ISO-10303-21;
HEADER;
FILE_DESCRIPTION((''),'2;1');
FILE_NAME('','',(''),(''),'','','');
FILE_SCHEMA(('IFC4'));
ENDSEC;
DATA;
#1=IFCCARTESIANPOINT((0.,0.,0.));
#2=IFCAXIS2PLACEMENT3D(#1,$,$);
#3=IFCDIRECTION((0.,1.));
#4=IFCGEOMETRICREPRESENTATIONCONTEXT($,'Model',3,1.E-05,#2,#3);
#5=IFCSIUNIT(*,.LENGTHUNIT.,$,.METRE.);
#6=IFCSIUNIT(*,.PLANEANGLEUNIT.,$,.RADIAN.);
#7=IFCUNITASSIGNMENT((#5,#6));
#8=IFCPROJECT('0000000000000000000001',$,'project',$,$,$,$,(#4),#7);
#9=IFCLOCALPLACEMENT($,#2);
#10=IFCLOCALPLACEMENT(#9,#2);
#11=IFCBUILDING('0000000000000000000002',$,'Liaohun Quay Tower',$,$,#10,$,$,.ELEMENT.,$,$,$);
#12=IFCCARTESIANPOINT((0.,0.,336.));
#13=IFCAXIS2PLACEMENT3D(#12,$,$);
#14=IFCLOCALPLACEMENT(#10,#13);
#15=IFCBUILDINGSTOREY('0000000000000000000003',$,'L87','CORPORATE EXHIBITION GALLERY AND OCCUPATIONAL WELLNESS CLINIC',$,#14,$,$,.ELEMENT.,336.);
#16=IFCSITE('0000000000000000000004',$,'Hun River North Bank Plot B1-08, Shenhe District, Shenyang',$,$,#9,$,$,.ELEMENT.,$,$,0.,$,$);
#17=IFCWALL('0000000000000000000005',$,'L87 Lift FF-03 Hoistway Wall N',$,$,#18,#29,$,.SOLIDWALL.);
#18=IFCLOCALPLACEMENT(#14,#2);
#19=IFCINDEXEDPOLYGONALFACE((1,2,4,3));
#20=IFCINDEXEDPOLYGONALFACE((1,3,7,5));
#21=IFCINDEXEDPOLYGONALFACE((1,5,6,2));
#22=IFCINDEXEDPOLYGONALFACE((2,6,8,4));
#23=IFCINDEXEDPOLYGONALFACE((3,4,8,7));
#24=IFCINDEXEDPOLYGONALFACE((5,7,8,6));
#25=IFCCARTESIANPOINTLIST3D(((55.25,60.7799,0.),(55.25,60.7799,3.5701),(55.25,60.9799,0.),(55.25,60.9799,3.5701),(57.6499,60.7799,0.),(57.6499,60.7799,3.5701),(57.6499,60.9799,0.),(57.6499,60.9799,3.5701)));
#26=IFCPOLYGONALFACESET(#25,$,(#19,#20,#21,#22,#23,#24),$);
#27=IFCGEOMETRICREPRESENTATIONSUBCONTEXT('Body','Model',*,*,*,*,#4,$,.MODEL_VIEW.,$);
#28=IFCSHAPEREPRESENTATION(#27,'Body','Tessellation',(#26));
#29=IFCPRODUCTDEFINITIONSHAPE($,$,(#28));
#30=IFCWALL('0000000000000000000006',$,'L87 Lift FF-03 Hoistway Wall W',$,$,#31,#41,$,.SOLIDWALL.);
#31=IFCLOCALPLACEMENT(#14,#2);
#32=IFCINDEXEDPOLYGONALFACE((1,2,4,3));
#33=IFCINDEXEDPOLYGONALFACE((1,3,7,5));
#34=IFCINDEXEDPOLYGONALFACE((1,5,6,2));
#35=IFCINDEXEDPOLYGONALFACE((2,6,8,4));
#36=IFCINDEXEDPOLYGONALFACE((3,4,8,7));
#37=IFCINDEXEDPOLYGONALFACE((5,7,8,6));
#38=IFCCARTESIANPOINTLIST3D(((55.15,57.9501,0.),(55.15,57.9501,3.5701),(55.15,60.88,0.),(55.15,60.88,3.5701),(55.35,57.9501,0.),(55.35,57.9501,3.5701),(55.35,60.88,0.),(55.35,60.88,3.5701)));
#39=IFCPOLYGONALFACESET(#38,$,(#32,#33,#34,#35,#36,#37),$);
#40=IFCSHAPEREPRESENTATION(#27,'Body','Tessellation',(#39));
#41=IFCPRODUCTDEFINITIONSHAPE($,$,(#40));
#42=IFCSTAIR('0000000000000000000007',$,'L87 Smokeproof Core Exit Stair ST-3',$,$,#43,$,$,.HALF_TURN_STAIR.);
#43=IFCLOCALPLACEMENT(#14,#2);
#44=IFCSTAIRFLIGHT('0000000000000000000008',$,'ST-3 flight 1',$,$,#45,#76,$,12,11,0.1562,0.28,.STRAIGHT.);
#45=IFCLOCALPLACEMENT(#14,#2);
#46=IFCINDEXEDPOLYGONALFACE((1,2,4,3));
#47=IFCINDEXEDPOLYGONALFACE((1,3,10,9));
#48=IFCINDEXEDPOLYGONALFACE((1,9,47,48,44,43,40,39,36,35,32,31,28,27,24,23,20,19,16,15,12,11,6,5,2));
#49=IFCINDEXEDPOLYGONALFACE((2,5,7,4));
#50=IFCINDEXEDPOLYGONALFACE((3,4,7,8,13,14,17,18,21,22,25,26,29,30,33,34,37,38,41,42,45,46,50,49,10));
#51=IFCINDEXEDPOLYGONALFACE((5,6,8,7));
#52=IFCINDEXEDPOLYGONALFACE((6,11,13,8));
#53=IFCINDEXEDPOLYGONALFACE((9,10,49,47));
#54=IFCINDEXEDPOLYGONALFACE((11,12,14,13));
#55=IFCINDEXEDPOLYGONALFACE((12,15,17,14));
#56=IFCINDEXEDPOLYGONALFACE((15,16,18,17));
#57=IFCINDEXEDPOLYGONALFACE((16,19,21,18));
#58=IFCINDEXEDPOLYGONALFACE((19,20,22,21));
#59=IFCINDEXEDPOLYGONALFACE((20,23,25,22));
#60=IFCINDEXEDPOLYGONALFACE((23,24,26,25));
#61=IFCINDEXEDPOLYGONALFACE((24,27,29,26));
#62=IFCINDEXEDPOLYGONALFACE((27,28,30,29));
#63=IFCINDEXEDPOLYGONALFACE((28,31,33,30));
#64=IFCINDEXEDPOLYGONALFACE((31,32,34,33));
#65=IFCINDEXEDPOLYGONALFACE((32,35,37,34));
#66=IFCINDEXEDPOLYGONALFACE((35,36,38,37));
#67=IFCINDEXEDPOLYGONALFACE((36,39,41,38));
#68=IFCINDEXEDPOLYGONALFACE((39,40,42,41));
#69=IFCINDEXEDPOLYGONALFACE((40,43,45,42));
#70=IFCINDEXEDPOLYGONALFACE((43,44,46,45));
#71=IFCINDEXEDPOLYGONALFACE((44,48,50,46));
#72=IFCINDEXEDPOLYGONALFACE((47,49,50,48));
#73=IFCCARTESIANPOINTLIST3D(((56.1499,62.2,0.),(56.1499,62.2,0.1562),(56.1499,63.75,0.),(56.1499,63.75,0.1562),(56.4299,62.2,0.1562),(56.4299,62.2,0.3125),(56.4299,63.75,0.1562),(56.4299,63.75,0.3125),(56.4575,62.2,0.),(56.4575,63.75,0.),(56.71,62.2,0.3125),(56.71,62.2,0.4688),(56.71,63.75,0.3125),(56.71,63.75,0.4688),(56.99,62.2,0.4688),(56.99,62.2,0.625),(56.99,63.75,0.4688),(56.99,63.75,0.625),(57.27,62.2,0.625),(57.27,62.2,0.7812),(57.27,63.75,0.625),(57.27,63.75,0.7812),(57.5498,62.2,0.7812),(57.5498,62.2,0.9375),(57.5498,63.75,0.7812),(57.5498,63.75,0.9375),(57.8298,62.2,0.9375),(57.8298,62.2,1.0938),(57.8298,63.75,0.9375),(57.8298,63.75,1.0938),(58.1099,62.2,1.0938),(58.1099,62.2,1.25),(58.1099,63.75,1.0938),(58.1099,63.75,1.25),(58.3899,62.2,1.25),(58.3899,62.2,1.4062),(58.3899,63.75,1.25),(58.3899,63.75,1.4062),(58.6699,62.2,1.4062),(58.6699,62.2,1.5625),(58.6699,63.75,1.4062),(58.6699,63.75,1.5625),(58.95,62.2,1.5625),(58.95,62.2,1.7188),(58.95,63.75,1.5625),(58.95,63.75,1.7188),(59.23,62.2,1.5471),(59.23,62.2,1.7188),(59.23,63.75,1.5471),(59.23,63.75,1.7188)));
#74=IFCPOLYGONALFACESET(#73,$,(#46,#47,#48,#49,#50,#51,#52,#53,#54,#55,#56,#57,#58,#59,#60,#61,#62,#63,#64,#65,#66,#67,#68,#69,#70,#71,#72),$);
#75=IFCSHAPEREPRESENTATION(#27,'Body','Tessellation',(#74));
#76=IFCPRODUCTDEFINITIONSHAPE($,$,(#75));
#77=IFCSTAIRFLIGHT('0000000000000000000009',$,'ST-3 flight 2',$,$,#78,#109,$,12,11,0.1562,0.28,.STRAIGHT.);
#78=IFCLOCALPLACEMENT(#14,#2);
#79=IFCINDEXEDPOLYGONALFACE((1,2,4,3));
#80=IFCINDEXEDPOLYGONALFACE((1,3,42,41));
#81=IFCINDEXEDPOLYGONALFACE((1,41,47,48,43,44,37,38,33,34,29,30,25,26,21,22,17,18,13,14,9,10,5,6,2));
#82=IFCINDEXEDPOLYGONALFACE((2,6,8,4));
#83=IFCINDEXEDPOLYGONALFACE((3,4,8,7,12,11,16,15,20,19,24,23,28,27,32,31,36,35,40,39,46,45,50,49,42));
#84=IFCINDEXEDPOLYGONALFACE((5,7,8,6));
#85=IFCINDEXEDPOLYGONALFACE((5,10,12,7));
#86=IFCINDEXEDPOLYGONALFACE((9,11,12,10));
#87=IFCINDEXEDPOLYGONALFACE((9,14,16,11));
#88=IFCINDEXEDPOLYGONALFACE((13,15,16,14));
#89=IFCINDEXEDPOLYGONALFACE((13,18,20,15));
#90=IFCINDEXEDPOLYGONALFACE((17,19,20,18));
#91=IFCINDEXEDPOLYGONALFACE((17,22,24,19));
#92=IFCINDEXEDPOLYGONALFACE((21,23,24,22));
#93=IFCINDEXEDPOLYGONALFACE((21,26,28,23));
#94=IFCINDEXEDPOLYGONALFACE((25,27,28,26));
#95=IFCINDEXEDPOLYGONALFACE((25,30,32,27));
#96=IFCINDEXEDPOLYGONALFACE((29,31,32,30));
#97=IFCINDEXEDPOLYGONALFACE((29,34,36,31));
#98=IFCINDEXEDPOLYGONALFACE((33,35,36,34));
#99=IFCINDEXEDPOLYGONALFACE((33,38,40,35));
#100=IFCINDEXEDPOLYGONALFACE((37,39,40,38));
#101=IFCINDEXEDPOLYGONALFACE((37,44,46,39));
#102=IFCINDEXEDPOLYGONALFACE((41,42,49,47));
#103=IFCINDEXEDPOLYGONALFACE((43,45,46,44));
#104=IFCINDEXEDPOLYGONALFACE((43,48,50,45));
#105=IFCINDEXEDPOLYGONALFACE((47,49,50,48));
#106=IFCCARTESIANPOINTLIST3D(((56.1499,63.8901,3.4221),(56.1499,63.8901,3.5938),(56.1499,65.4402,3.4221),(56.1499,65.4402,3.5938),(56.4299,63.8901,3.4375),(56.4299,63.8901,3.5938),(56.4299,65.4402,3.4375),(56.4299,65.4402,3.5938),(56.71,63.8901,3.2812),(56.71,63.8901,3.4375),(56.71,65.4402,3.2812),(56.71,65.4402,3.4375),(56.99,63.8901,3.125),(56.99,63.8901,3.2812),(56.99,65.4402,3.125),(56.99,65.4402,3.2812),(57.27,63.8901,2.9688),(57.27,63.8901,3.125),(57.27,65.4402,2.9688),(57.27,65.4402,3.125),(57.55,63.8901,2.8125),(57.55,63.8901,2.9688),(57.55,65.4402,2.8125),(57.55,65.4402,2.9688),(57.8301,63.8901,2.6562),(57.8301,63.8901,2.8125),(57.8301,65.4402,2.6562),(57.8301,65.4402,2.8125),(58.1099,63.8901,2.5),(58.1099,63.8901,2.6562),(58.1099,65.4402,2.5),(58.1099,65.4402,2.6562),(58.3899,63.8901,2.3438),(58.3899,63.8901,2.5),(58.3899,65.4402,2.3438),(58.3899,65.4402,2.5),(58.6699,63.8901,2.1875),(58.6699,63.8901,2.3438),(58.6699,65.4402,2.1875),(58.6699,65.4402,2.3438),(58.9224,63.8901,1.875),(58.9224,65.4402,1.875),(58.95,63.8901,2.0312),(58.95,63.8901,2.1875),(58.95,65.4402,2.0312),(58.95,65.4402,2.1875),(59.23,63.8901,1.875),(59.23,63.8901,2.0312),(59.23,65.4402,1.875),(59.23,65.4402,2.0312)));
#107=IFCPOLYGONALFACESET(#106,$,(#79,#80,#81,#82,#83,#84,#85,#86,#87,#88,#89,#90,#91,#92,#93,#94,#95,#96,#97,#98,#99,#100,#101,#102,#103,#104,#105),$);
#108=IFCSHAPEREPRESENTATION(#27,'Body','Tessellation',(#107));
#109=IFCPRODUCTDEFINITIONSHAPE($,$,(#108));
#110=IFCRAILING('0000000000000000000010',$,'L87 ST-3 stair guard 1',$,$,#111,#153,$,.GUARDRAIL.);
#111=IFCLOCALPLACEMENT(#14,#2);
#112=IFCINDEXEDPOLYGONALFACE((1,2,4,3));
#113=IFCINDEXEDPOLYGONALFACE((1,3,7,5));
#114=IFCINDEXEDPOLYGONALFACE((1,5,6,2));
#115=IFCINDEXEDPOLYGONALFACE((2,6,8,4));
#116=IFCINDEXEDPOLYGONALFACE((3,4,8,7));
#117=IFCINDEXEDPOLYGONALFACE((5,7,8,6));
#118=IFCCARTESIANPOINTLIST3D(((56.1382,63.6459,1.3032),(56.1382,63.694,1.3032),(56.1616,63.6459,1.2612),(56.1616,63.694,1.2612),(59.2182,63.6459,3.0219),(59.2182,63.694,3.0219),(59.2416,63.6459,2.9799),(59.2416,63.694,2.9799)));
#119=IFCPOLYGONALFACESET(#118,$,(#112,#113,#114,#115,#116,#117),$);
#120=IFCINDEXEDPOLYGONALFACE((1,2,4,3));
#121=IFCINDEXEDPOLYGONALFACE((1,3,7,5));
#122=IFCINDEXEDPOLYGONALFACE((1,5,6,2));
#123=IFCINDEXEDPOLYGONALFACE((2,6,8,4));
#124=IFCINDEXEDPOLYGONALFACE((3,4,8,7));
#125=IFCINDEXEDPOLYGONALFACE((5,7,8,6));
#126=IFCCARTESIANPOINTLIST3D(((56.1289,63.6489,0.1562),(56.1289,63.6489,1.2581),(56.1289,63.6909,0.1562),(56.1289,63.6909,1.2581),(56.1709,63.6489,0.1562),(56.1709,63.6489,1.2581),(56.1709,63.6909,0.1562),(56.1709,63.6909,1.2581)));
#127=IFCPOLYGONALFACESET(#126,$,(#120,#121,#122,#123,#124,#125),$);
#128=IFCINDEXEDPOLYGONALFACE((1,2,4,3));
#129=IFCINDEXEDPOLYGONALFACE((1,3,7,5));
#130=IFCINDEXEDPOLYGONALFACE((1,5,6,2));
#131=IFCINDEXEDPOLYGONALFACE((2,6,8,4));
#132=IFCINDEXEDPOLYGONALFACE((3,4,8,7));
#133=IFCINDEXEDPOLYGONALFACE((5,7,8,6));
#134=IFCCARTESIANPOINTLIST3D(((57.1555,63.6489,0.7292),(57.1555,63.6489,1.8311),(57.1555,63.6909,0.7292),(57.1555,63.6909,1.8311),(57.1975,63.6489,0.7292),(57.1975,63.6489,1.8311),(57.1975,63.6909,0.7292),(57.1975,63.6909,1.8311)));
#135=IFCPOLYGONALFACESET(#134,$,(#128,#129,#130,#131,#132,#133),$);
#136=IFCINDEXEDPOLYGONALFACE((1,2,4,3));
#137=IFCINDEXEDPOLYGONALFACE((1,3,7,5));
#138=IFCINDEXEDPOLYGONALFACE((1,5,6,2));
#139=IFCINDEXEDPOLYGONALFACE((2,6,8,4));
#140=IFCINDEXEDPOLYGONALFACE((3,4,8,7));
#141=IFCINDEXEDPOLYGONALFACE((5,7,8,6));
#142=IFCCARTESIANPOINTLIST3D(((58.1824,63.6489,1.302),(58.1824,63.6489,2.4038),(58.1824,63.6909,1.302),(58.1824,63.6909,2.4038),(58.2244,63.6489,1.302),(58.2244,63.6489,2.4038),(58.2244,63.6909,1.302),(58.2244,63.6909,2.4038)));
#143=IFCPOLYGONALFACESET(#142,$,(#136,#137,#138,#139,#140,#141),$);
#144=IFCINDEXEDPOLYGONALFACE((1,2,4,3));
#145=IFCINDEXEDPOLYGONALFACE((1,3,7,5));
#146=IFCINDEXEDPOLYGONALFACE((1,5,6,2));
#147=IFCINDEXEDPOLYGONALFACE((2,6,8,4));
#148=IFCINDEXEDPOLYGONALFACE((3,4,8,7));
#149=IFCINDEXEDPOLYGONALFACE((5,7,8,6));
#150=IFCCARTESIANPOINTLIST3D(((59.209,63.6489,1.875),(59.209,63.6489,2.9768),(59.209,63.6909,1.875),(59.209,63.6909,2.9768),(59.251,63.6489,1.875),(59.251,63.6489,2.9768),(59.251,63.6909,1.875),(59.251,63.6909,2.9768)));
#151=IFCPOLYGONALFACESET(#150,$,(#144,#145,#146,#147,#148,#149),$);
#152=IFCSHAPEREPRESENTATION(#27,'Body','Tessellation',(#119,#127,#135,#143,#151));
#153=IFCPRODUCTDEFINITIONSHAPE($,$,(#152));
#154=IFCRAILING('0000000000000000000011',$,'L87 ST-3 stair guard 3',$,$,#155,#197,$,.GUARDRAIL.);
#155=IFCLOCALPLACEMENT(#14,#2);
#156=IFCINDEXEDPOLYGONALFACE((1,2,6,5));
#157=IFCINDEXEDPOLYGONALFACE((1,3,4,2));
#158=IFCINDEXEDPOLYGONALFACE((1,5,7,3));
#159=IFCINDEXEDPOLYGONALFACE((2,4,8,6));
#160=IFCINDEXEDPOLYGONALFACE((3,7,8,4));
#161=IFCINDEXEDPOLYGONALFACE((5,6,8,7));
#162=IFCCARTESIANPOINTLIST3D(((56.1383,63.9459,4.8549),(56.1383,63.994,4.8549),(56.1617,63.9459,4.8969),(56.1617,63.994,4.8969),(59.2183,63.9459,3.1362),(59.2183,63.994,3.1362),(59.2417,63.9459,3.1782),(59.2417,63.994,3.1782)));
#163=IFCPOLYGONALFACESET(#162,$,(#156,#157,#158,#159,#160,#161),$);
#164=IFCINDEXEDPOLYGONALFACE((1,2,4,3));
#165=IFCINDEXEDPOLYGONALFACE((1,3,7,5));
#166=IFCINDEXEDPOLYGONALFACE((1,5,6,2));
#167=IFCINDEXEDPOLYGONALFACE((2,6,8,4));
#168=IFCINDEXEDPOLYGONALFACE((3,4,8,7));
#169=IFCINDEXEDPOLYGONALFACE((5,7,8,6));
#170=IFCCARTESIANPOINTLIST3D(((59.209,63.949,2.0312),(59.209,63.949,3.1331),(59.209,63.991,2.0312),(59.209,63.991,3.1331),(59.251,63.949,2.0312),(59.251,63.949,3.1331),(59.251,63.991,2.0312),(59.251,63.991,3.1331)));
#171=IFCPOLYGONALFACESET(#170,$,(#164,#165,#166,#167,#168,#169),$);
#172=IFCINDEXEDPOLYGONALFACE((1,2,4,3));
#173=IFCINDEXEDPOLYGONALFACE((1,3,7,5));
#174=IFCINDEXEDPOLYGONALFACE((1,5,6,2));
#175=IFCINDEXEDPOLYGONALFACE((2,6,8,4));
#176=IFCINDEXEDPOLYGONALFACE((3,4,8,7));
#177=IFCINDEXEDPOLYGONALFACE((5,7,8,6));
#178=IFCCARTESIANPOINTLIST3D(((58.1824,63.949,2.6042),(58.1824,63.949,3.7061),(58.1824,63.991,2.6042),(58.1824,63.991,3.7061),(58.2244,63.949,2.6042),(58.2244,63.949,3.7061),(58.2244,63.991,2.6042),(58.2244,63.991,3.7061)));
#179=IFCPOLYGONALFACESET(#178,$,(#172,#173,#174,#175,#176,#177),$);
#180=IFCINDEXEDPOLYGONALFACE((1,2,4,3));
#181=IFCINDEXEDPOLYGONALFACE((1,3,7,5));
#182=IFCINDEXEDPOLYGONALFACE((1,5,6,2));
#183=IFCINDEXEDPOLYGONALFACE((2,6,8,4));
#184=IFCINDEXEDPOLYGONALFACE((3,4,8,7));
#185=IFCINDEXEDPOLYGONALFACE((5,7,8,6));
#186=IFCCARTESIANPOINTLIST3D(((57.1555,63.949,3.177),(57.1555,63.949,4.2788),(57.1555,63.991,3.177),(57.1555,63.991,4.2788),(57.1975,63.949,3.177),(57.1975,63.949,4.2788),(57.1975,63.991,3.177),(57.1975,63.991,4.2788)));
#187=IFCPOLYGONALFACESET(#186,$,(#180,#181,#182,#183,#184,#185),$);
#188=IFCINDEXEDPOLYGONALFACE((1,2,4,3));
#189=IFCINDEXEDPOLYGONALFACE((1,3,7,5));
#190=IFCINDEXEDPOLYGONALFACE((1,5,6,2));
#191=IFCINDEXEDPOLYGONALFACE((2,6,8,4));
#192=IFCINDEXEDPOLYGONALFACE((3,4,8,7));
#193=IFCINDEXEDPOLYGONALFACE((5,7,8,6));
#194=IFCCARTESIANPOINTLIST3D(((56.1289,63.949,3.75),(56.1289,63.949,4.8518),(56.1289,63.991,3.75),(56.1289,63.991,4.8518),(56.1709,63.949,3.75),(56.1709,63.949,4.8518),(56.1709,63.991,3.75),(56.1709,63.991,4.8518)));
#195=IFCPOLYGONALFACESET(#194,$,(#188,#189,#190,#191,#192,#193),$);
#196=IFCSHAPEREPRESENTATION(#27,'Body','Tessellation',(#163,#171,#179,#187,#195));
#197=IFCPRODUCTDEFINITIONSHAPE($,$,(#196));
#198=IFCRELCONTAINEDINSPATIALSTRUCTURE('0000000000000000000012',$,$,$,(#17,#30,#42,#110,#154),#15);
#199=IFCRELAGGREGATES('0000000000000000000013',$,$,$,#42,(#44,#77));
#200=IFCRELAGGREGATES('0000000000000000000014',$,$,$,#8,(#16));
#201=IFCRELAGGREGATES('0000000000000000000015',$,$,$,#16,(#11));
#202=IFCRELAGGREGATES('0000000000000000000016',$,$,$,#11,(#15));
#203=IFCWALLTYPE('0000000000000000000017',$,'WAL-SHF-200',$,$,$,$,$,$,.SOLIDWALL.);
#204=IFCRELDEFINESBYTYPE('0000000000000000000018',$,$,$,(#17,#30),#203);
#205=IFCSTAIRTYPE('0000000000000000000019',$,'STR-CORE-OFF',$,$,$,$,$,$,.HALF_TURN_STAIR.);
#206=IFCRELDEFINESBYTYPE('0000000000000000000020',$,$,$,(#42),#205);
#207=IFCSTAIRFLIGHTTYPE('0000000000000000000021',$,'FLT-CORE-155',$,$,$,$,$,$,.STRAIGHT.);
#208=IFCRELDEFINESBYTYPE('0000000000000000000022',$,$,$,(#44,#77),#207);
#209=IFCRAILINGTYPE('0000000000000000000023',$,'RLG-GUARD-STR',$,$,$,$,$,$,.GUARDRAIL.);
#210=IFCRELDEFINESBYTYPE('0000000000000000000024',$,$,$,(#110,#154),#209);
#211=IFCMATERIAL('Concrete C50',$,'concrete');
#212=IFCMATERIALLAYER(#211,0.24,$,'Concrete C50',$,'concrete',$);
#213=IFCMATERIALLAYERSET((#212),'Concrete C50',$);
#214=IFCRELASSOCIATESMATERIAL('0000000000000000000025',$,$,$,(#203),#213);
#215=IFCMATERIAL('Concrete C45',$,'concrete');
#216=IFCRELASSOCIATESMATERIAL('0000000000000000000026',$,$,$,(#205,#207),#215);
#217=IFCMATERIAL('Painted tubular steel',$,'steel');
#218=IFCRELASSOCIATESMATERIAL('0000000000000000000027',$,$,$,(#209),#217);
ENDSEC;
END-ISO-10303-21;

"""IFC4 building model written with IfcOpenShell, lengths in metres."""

from ifc_helpers import new_model, si_unit, direction, frame, frame_2d, origin, origin_2d, place, context, subcontext, project, spatial, polyline, rectangle, outline, extrude, material, layer, layer_set, type_object, element, aggregate, save


model = new_model("IFC4")

# Units and contexts
model_context = context("Model", 3, precision=1e-05, world=origin(), true_north=direction((0.0, 1.0)))
body_context = subcontext(model_context, "Body", "Model", "MODEL_VIEW")
ifc_project = project(units=[si_unit("LENGTHUNIT", "METRE"), si_unit("PLANEANGLEUNIT", "RADIAN")], contexts=[model_context])

# Site, building, storey
site_placement = place(None, origin())
site = spatial("IfcSite", under=ifc_project, at=site_placement, Name="Hun River North Bank Plot B1-08, Shenhe District, Shenyang", CompositionType="ELEMENT", RefElevation=0.0)
building_placement = place(site_placement, origin())
building = spatial("IfcBuilding", under=site, at=building_placement, Name="Liaohun Quay Tower", CompositionType="ELEMENT")
storey_placement = place(building_placement, frame((0.0, 0.0, 336.0)))
storey = spatial("IfcBuildingStorey", under=building, at=storey_placement, Name="L87", Description="CORPORATE EXHIBITION GALLERY AND OCCUPATIONAL WELLNESS CLINIC", CompositionType="ELEMENT", Elevation=336.0)

# Shared definitions
ifc_material_1 = material(Name="Concrete C50", Category="concrete")

# Shared definitions
ifc_layer_1 = layer(ifc_material_1, 0.24, Name="Concrete C50", Category="concrete")
ifc_layer_set_1 = layer_set([ifc_layer_1], Name="Concrete C50")
wall_type_1 = type_object("IfcWallType", Name="WAL-SHF-200", PredefinedType="SOLIDWALL", material=ifc_layer_set_1)

# Walls
wall_1_placement = place(storey_placement, frame((57.6499, 60.8799, 0.0), z_axis=(0.0, 0.0, 1.0), x_axis=(-1.0, 0.0, 0.0)))
element("IfcWall", 1, at=wall_1_placement, inside=storey, type_object=wall_type_1, Name="L87 Lift FF-03 Hoistway Wall N", PredefinedType="SOLIDWALL", context=body_context, shape_type="SweptSolid", body=[
    extrude(rectangle(XDim=2.3999, YDim=0.2, at=frame_2d((1.2, 0.0))), origin(), (0.0, 0.0, 1.0), 3.5701),
])
wall_2_placement = place(storey_placement, frame((55.25, 60.8799, 0.0), z_axis=(0.0, 0.0, 1.0), x_axis=(0.0, -1.0, 0.0)))
element("IfcWall", 2, at=wall_2_placement, inside=storey, type_object=wall_type_1, Name="L87 Lift FF-03 Hoistway Wall W", PredefinedType="SOLIDWALL", context=body_context, shape_type="SweptSolid", body=[
    extrude(rectangle(XDim=2.9299, YDim=0.2, at=frame_2d((1.4648, 0.0))), origin(), (0.0, 0.0, 1.0), 3.5701),
])

# Stair, stair flights
ifc_material_2 = material(Name="Concrete C45", Category="concrete")
stair_type = type_object("IfcStairType", Name="STR-CORE-OFF", PredefinedType="HALF_TURN_STAIR", material=ifc_material_2)
stair_placement = place(storey_placement, origin())
stair = element("IfcStair", 3, at=stair_placement, inside=storey, type_object=stair_type, Name="L87 Smokeproof Core Exit Stair ST-3", PredefinedType="HALF_TURN_STAIR")
stair_flight_type = type_object("IfcStairFlightType", Name="FLT-CORE-155", PredefinedType="STRAIGHT", material=ifc_material_2)
stair_flight_1_placement = place(storey_placement, frame((56.1499, 62.9751, 0.0), z_axis=(0.0, 0.0, 1.0), x_axis=(1.0, 0.0, 0.0)))
stair_flight_1 = element("IfcStairFlight", 4, at=stair_flight_1_placement, type_object=stair_flight_type, Name="ST-3 flight 1", NumberOfRisers=12, NumberOfTreads=11, PredefinedType="STRAIGHT", RiserHeight=0.1562, TreadLength=0.28, context=body_context, shape_type="SweptSolid", body=[
    extrude(outline(polyline([(0.0, 0.0), (0.0, 0.1562), (0.28, 0.1562), (0.28, 0.3125), (0.5601, 0.3125), (0.5601, 0.4688), (0.8401, 0.4688), (0.8401, 0.625), (1.1201, 0.625), (1.1201, 0.7812), (1.3999, 0.7812), (1.3999, 0.9375), (1.6799, 0.9375), (1.6799, 1.0938), (1.96, 1.0938), (1.96, 1.25), (2.24, 1.25), (2.24, 1.4062), (2.52, 1.4062), (2.52, 1.5625), (2.8, 1.5625), (2.8, 1.7188), (3.0801, 1.7188), (3.0801, 1.875), (3.0801, 1.5471), (0.3076, 0.0), (0.0, 0.0)])), frame((0.0, 0.7749, 0.0), z_axis=(0.0, -1.0, 0.0), x_axis=(1.0, 0.0, 0.0)), (0.0, 0.0, 1.0), 1.55),
])
stair_flight_2_placement = place(storey_placement, frame((59.23, 64.665, 1.875), z_axis=(0.0, 0.0, 1.0), x_axis=(-1.0, 0.0, 0.0)))
stair_flight_2 = element("IfcStairFlight", 5, at=stair_flight_2_placement, type_object=stair_flight_type, Name="ST-3 flight 2", NumberOfRisers=12, NumberOfTreads=11, PredefinedType="STRAIGHT", RiserHeight=0.1562, TreadLength=0.28, context=body_context, shape_type="SweptSolid", body=[
    extrude(outline(polyline([(0.0, 0.0), (0.0, 0.1562), (0.28, 0.1562), (0.28, 0.3125), (0.5601, 0.3125), (0.5601, 0.4688), (0.8401, 0.4688), (0.8401, 0.625), (1.1201, 0.625), (1.1201, 0.7812), (1.3999, 0.7812), (1.3999, 0.9375), (1.6799, 0.9375), (1.6799, 1.0938), (1.96, 1.0938), (1.96, 1.25), (2.24, 1.25), (2.24, 1.4062), (2.52, 1.4062), (2.52, 1.5625), (2.8, 1.5625), (2.8, 1.7188), (3.0801, 1.7188), (3.0801, 1.875), (3.0801, 1.5471), (0.3076, 0.0), (0.0, 0.0)])), frame((0.0, 0.7749, 0.0), z_axis=(0.0, -1.0, 0.0), x_axis=(1.0, 0.0, 0.0)), (0.0, 0.0, 1.0), 1.55),
])
aggregate(stair, [stair_flight_1, stair_flight_2])

# Railings
ifc_material_3 = material(Name="Painted tubular steel", Category="steel")
railing_type_1 = type_object("IfcRailingType", Name="RLG-GUARD-STR", PredefinedType="GUARDRAIL", material=ifc_material_3)
railing_1_placement = place(storey_placement, frame((56.1499, 63.6699, 0.1562)))
element("IfcRailing", 6, at=railing_1_placement, inside=storey, type_object=railing_type_1, Name="L87 ST-3 stair guard 1", PredefinedType="GUARDRAIL", context=body_context, shape_type="SweptSolid", body=[
    extrude(rectangle(XDim=0.0481, YDim=0.0481, at=origin_2d()), frame((0.0, 0.0, 1.126), z_axis=(0.873242, 0.0, 0.487288), x_axis=(0.0, 1.0, 0.0)), (0.0, 0.0, 1.0), 3.5271),
    extrude(rectangle(XDim=0.042, YDim=0.042, at=origin_2d()), origin(), (0.0, 0.0, 1.0), 1.1018),
    extrude(rectangle(XDim=0.042, YDim=0.042, at=origin_2d()), frame((1.0266, 0.0, 0.573)), (0.0, 0.0, 1.0), 1.1018),
    extrude(rectangle(XDim=0.042, YDim=0.042, at=origin_2d()), frame((2.0535, 0.0, 1.1458)), (0.0, 0.0, 1.0), 1.1018),
    extrude(rectangle(XDim=0.042, YDim=0.042, at=origin_2d()), frame((3.0801, 0.0, 1.7188)), (0.0, 0.0, 1.0), 1.1018),
])
railing_2_placement = place(storey_placement, frame((59.23, 63.97, 2.0312)))
element("IfcRailing", 7, at=railing_2_placement, inside=storey, type_object=railing_type_1, Name="L87 ST-3 stair guard 3", PredefinedType="GUARDRAIL", context=body_context, shape_type="SweptSolid", body=[
    extrude(rectangle(XDim=0.0481, YDim=0.0481, at=origin_2d()), frame((0.0, 0.0, 1.126), z_axis=(-0.873242, 0.0, 0.487288), x_axis=(0.0, -1.0, 0.0)), (0.0, 0.0, 1.0), 3.5271),
    extrude(rectangle(XDim=0.042, YDim=0.042, at=origin_2d()), origin(), (0.0, 0.0, 1.0), 1.1018),
    extrude(rectangle(XDim=0.042, YDim=0.042, at=origin_2d()), frame((-1.0266, 0.0, 0.573)), (0.0, 0.0, 1.0), 1.1018),
    extrude(rectangle(XDim=0.042, YDim=0.042, at=origin_2d()), frame((-2.0535, 0.0, 1.1458)), (0.0, 0.0, 1.0), 1.1018),
    extrude(rectangle(XDim=0.042, YDim=0.042, at=origin_2d()), frame((-3.0801, 0.0, 1.7188)), (0.0, 0.0, 1.0), 1.1018),
])

save(model, "model.ifc")
